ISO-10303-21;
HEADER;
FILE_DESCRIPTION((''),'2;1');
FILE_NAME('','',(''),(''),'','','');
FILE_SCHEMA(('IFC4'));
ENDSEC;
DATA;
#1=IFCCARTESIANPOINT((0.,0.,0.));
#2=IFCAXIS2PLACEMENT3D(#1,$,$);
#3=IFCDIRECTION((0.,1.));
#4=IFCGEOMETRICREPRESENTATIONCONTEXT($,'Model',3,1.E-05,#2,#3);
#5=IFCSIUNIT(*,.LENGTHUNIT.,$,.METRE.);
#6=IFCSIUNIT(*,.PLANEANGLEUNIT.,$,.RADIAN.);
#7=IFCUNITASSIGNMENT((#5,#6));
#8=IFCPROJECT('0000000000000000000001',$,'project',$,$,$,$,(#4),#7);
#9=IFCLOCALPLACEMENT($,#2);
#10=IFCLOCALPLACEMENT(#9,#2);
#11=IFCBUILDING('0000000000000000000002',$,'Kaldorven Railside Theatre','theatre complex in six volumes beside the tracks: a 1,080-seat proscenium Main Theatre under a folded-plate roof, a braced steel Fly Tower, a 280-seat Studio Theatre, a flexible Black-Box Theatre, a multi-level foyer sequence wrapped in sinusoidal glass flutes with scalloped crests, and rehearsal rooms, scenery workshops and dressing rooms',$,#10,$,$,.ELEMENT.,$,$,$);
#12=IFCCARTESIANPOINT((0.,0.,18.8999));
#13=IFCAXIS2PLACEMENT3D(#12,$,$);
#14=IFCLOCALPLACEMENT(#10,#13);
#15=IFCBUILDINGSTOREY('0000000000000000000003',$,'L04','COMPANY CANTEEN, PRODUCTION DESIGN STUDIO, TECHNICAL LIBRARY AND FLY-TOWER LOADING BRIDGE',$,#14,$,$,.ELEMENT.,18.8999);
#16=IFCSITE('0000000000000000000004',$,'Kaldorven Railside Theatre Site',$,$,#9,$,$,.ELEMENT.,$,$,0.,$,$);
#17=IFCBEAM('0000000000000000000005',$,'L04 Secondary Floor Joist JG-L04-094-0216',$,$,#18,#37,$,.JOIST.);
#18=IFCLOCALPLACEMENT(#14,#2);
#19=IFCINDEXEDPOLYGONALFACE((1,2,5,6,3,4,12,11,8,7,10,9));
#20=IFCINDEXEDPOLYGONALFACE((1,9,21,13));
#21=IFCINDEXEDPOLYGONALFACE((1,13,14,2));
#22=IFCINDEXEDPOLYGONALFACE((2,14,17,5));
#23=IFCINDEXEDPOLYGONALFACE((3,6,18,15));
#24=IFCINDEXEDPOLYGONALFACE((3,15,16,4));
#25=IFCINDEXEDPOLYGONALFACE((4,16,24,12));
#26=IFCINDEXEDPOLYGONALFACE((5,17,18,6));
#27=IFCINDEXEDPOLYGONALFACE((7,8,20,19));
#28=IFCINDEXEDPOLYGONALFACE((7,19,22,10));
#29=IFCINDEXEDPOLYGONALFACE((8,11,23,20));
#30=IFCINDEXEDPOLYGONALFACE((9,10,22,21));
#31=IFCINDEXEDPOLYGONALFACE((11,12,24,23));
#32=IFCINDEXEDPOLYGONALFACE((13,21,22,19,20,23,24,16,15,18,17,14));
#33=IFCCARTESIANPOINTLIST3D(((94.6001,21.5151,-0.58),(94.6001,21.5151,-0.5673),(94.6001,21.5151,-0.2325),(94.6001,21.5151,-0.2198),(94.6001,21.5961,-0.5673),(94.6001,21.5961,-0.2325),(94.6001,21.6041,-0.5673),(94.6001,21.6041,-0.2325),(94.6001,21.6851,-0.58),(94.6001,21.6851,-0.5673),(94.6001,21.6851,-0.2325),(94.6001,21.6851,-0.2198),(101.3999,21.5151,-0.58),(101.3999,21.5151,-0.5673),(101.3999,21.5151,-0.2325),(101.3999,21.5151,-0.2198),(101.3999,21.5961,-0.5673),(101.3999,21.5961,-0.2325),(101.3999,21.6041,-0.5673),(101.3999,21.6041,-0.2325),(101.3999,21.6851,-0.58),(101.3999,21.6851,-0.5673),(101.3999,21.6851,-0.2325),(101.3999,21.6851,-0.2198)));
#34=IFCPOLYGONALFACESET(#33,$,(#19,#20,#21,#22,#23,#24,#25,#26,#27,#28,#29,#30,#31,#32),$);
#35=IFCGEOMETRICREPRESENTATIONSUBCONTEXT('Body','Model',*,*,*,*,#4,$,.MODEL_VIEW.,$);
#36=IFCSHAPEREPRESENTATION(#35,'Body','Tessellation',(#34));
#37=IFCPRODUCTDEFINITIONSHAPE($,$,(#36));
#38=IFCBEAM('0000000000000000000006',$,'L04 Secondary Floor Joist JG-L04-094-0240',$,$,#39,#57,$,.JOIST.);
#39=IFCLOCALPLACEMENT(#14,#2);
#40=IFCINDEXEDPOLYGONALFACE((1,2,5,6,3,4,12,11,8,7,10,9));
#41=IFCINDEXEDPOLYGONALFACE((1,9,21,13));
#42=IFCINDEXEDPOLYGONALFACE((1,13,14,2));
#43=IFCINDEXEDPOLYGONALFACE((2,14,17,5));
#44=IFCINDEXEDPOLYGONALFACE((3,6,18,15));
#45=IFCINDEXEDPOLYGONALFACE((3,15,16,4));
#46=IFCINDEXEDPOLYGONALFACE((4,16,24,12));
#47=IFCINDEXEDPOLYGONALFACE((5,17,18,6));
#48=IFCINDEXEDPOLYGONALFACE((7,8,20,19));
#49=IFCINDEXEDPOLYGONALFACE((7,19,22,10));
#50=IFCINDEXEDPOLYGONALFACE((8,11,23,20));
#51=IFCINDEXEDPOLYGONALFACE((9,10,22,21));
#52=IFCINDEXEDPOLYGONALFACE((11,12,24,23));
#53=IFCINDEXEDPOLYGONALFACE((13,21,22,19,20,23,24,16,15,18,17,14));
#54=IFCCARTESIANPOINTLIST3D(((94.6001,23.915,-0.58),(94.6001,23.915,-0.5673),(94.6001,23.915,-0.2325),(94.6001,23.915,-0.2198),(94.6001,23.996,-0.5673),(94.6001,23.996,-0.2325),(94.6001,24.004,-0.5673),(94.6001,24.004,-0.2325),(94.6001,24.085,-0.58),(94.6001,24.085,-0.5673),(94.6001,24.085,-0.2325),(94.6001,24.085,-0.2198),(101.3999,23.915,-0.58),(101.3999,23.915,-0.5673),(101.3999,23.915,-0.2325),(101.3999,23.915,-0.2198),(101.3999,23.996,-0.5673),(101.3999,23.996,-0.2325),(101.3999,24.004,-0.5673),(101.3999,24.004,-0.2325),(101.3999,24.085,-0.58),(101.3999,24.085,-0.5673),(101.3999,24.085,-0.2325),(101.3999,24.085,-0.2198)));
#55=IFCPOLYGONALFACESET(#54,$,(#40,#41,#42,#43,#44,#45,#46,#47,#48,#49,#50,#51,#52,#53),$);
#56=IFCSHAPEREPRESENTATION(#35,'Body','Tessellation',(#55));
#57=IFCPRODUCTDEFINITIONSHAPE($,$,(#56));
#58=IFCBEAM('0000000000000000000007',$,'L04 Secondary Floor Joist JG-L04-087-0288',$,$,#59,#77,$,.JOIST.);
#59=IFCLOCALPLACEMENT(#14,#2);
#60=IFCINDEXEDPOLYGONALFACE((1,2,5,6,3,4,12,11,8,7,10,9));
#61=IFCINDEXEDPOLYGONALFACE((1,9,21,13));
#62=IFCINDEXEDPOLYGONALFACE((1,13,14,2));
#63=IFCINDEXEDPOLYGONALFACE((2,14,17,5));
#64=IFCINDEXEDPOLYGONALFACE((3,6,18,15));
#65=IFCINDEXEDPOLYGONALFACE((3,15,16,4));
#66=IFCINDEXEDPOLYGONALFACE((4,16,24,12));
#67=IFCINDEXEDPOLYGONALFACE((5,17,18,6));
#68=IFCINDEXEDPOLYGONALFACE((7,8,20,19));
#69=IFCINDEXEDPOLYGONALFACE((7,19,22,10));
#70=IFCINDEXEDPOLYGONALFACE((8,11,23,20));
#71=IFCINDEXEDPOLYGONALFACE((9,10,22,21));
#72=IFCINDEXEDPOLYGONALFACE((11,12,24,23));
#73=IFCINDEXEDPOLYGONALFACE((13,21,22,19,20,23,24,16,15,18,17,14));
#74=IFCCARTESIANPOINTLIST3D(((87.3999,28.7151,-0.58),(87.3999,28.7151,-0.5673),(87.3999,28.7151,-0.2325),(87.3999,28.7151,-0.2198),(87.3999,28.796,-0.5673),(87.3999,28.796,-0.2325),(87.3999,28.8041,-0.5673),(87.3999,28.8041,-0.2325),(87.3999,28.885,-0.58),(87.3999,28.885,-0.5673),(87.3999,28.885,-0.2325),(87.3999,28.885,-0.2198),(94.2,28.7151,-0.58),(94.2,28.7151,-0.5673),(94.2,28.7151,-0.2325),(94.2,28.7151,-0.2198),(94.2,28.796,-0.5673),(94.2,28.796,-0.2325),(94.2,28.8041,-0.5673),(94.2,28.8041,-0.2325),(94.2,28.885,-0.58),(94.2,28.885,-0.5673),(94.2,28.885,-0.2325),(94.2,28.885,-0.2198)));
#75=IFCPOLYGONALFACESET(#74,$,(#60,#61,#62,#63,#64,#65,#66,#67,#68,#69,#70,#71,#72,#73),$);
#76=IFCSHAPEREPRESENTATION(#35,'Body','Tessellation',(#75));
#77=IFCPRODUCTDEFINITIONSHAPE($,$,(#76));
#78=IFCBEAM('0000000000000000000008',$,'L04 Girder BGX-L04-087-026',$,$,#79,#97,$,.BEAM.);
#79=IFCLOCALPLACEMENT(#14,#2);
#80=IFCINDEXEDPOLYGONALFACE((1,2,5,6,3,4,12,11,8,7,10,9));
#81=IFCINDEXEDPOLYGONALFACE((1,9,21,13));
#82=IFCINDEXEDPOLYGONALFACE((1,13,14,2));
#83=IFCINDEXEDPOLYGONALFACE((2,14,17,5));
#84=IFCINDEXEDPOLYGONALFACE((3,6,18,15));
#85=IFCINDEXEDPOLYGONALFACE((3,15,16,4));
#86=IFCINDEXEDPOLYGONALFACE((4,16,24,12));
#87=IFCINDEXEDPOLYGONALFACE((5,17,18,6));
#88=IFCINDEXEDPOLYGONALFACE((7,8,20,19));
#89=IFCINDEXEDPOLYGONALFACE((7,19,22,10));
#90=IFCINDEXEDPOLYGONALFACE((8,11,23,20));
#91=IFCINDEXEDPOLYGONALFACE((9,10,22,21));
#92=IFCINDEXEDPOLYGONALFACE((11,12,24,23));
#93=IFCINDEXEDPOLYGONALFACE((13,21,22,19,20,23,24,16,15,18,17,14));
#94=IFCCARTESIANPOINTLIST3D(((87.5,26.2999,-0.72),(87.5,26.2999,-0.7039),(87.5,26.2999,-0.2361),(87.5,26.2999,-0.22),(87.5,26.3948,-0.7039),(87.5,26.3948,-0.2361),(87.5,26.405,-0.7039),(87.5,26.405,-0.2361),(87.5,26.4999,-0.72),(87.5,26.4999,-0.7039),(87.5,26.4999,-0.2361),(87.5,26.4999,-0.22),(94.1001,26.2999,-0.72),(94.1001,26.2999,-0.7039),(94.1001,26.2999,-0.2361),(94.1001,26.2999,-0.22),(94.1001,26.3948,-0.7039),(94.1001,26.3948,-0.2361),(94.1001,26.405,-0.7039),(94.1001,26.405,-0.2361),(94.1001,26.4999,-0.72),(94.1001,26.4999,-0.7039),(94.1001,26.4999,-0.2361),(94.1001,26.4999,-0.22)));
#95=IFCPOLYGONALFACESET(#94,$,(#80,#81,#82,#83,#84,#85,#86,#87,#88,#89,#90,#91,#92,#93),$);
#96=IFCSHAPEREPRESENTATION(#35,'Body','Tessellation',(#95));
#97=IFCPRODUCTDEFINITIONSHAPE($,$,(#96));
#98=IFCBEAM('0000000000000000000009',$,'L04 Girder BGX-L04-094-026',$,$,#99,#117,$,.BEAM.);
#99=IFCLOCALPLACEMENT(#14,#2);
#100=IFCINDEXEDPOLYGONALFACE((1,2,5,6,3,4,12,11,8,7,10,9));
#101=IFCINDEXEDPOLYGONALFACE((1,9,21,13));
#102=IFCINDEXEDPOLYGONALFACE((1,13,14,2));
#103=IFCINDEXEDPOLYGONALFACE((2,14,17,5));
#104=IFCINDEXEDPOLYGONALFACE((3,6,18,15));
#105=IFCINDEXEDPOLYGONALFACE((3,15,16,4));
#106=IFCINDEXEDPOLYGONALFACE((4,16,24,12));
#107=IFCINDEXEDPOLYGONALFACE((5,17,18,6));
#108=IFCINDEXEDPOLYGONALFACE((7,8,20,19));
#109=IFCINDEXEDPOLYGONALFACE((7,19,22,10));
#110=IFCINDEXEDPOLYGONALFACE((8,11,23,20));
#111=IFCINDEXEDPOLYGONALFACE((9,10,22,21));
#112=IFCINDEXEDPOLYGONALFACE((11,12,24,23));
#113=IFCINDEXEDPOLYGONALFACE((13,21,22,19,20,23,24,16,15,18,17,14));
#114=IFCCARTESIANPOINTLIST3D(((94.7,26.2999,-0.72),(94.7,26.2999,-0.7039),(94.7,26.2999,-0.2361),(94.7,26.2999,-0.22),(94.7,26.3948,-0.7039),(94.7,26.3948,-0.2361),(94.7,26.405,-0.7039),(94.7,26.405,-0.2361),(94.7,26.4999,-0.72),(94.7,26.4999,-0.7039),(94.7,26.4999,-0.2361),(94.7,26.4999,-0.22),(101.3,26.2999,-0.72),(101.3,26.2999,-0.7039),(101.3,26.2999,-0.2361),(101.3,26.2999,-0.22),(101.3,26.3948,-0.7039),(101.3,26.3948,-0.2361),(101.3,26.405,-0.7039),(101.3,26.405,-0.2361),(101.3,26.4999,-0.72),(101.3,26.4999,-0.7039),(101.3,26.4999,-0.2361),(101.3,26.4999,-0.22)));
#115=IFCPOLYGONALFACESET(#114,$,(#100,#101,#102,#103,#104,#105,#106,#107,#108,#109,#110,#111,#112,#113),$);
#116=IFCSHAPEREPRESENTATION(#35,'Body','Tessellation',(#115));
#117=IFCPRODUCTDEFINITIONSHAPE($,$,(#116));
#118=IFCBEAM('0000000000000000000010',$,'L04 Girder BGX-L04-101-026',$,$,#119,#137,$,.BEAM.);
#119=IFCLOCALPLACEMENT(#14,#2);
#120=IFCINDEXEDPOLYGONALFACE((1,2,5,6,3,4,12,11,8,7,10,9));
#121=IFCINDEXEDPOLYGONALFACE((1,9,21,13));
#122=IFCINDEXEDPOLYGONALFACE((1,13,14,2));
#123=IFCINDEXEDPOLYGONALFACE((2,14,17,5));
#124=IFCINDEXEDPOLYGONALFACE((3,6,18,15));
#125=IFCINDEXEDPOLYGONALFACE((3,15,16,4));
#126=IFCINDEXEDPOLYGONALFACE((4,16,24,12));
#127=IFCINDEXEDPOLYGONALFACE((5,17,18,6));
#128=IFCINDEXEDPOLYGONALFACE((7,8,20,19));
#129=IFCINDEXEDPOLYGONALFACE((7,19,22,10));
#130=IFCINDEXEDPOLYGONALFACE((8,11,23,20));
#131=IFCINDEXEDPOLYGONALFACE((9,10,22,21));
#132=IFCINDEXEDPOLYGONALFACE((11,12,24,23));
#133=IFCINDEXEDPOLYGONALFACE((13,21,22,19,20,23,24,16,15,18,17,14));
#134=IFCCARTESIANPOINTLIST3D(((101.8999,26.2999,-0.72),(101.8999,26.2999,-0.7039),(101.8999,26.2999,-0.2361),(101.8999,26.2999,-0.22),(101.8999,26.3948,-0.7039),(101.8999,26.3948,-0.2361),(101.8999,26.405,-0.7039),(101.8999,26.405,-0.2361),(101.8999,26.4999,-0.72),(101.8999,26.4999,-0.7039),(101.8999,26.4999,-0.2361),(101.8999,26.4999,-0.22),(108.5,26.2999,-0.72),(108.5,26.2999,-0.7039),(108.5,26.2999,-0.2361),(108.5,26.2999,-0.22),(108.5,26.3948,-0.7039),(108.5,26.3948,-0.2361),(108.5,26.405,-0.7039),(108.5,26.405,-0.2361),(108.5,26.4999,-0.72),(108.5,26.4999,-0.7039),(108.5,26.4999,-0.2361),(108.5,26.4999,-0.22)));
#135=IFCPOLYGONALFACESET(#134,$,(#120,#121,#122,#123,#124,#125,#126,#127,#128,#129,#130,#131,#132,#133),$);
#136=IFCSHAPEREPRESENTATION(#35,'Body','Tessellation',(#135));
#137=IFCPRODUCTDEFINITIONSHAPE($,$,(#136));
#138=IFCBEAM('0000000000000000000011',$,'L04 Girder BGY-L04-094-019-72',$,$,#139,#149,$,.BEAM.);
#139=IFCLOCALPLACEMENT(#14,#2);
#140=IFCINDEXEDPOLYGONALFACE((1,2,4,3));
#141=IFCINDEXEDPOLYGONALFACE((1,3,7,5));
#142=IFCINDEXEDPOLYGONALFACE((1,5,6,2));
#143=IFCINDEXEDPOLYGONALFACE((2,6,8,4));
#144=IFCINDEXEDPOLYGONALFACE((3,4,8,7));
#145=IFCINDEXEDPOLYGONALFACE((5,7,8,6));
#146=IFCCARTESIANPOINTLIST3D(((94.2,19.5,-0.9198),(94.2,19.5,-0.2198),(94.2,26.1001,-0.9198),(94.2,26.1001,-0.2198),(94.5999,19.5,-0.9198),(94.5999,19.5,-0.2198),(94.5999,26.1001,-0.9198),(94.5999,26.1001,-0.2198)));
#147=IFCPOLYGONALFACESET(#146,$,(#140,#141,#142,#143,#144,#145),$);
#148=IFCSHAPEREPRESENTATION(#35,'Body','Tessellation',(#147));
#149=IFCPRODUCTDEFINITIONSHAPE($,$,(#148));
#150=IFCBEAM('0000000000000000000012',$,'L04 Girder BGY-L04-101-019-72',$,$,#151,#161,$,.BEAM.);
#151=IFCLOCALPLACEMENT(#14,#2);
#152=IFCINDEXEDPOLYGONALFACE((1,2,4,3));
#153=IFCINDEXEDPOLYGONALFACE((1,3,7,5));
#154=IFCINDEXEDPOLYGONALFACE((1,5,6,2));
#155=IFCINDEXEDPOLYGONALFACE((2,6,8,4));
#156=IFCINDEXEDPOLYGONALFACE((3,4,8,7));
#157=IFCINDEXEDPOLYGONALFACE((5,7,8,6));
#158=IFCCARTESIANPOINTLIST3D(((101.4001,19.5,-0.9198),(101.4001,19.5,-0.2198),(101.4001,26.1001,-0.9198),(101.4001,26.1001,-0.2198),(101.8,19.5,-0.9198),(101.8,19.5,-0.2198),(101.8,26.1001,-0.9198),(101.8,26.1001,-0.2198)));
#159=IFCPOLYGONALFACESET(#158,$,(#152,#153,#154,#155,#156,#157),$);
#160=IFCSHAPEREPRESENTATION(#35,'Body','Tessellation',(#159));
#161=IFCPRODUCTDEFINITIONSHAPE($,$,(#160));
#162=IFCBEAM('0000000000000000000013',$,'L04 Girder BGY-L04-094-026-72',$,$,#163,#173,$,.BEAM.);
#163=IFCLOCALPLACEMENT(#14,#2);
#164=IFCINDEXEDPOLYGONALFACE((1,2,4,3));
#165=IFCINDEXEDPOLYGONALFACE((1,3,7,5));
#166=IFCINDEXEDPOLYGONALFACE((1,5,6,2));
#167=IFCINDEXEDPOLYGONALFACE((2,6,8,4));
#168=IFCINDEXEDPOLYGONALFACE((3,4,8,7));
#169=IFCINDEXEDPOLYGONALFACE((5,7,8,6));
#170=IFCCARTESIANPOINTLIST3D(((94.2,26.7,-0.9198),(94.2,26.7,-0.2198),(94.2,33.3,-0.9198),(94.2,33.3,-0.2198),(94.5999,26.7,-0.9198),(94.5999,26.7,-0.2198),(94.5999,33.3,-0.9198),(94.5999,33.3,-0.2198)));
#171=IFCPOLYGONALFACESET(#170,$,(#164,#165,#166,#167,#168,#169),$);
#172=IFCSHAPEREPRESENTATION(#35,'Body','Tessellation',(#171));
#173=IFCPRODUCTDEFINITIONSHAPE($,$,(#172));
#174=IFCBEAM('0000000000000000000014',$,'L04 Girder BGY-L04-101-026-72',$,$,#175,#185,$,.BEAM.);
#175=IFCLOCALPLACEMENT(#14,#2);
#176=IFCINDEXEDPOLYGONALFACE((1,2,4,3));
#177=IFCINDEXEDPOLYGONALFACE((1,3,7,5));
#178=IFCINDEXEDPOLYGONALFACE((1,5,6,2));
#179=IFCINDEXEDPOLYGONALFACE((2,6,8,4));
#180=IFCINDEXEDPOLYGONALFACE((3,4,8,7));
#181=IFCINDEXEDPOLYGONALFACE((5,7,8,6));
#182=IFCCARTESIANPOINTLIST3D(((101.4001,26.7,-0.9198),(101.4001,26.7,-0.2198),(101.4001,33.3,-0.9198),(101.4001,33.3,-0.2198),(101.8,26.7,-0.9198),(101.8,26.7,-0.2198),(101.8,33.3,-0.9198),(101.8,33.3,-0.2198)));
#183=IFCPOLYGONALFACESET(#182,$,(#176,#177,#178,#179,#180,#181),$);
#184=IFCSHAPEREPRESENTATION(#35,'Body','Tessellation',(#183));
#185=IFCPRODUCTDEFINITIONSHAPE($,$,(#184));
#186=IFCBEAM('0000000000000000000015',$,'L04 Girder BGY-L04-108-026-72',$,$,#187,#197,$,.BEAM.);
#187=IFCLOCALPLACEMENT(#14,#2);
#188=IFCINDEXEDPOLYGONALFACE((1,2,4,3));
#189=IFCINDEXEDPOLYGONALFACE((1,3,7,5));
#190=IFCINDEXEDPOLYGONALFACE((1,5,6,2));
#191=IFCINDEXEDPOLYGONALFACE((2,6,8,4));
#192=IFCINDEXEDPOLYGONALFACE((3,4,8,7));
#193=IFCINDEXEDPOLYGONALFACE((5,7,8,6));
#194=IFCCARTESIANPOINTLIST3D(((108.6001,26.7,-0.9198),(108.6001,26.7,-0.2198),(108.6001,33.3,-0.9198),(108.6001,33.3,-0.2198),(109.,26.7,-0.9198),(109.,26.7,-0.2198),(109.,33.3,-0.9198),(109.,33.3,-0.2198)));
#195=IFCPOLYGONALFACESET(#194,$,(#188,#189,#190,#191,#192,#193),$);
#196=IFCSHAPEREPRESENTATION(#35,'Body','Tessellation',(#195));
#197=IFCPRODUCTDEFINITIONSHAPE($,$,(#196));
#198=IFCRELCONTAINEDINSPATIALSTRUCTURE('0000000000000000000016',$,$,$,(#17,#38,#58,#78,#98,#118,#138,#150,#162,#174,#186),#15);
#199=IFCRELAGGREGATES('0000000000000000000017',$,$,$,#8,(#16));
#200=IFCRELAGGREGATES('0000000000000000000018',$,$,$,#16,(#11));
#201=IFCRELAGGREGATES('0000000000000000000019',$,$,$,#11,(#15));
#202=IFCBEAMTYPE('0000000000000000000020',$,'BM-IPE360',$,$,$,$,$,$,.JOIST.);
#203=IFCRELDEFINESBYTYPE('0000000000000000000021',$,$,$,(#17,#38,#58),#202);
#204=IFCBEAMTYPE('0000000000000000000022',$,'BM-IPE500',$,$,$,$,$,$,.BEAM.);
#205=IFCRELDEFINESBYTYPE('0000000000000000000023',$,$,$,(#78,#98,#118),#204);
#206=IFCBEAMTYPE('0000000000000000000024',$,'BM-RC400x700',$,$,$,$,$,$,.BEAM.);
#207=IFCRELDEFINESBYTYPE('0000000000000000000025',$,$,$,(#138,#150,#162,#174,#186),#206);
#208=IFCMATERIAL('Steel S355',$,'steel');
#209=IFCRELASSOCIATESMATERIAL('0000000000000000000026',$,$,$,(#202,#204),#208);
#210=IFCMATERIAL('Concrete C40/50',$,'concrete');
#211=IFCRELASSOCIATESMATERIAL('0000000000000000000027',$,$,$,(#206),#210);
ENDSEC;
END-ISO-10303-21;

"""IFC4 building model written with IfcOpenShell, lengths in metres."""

from ifc_helpers import new_model, si_unit, direction, frame, origin, origin_2d, place, context, subcontext, project, spatial, rectangle, i_section, extrude, material, material_profile, profile_set, type_object, element, save


model = new_model("IFC4")

# Units and contexts
model_context = context("Model", 3, precision=1e-05, world=origin(), true_north=direction((0.0, 1.0)))
body_context = subcontext(model_context, "Body", "Model", "MODEL_VIEW")
ifc_project = project(units=[si_unit("LENGTHUNIT", "METRE"), si_unit("PLANEANGLEUNIT", "RADIAN")], contexts=[model_context])

# Site, building, storey
site_placement = place(None, origin())
site = spatial("IfcSite", under=ifc_project, at=site_placement, Name="Kaldorven Railside Theatre Site", CompositionType="ELEMENT", RefElevation=0.0)
building_placement = place(site_placement, origin())
building = spatial("IfcBuilding", under=site, at=building_placement, Name="Kaldorven Railside Theatre", Description="theatre complex in six volumes beside the tracks: a 1,080-seat proscenium Main Theatre under a folded-plate roof, a braced steel Fly Tower, a 280-seat Studio Theatre, a flexible Black-Box Theatre, a multi-level foyer sequence wrapped in sinusoidal glass flutes with scalloped crests, and rehearsal rooms, scenery workshops and dressing rooms", CompositionType="ELEMENT")
storey_placement = place(building_placement, frame((0.0, 0.0, 18.8999)))
storey = spatial("IfcBuildingStorey", under=building, at=storey_placement, Name="L04", Description="COMPANY CANTEEN, PRODUCTION DESIGN STUDIO, TECHNICAL LIBRARY AND FLY-TOWER LOADING BRIDGE", CompositionType="ELEMENT", Elevation=18.8999)

# Beams
ifc_material_1 = material(Name="Steel S355", Category="steel")
ifc_material_profile_1 = material_profile(ifc_material_1, i_section(OverallWidth=0.1699, OverallDepth=0.3601, WebThickness=0.0081, FlangeThickness=0.0127, at=origin_2d()), Name="IPE 360")
ifc_profile_set_1 = profile_set([ifc_material_profile_1], Name="Steel S355")
beam_type_1 = type_object("IfcBeamType", Name="BM-IPE360", PredefinedType="JOIST", material=ifc_profile_set_1)
for number, where, z_axis, x_axis, name in (
    (1, (94.6001, 21.6001, -0.3999), (1.0, 0.0, 0.0), (0.0, 1.0, 0.0), "L04 Secondary Floor Joist JG-L04-094-0216"),
    (2, (94.6001, 24.0, -0.3999), (1.0, 0.0, 0.0), (0.0, 1.0, 0.0), "L04 Secondary Floor Joist JG-L04-094-0240"),
):
    element("IfcBeam", number, at=place(storey_placement, frame(where, z_axis=z_axis, x_axis=x_axis)), inside=storey, type_object=beam_type_1, Name=name, PredefinedType="JOIST", context=body_context, shape_type="SweptSolid", body=[
        extrude(i_section(OverallWidth=0.1699, OverallDepth=0.3601, WebThickness=0.0081, FlangeThickness=0.0127, at=origin_2d()), origin(), (0.0, 0.0, 1.0), 6.7998),
    ])
beam_1_placement = place(storey_placement, frame((87.3999, 28.8, -0.3999), z_axis=(1.0, 0.0, 0.0), x_axis=(0.0, 1.0, 0.0)))
element("IfcBeam", 3, at=beam_1_placement, inside=storey, type_object=beam_type_1, Name="L04 Secondary Floor Joist JG-L04-087-0288", PredefinedType="JOIST", context=body_context, shape_type="SweptSolid", body=[
    extrude(i_section(OverallWidth=0.1699, OverallDepth=0.3601, WebThickness=0.0081, FlangeThickness=0.0127, at=origin_2d()), origin(), (0.0, 0.0, 1.0), 6.8),
])
ifc_material_profile_2 = material_profile(ifc_material_1, i_section(OverallWidth=0.2, OverallDepth=0.5, WebThickness=0.0103, FlangeThickness=0.0161, at=origin_2d()), Name="IPE 500")
ifc_profile_set_2 = profile_set([ifc_material_profile_2], Name="Steel S355")
beam_type_2 = type_object("IfcBeamType", Name="BM-IPE500", PredefinedType="BEAM", material=ifc_profile_set_2)
for number, where, z_axis, x_axis, name in (
    (4, (87.5, 26.3999, -0.47), (1.0, 0.0, 0.0), (0.0, 1.0, 0.0), "L04 Girder BGX-L04-087-026"),
    (5, (94.7, 26.3999, -0.47), (1.0, 0.0, 0.0), (0.0, 1.0, 0.0), "L04 Girder BGX-L04-094-026"),
    (6, (101.8999, 26.3999, -0.47), (1.0, 0.0, 0.0), (0.0, 1.0, 0.0), "L04 Girder BGX-L04-101-026"),
):
    element("IfcBeam", number, at=place(storey_placement, frame(where, z_axis=z_axis, x_axis=x_axis)), inside=storey, type_object=beam_type_2, Name=name, PredefinedType="BEAM", context=body_context, shape_type="SweptSolid", body=[
        extrude(i_section(OverallWidth=0.2, OverallDepth=0.5, WebThickness=0.0103, FlangeThickness=0.0161, at=origin_2d()), origin(), (0.0, 0.0, 1.0), 6.6001),
    ])
ifc_material_2 = material(Name="Concrete C40/50", Category="concrete")
ifc_material_profile_3 = material_profile(ifc_material_2, rectangle(XDim=0.3999, YDim=0.7, at=origin_2d()), Name="RC 400x700")
ifc_profile_set_3 = profile_set([ifc_material_profile_3], Name="Concrete C40/50")
beam_type_3 = type_object("IfcBeamType", Name="BM-RC400x700", PredefinedType="BEAM", material=ifc_profile_set_3)
for number, where, z_axis, x_axis, name in (
    (7, (94.3999, 19.5, -0.5698), (0.0, 1.0, 0.0), (-1.0, 0.0, 0.0), "L04 Girder BGY-L04-094-019-72"),
    (8, (101.6001, 19.5, -0.5698), (0.0, 1.0, 0.0), (-1.0, 0.0, 0.0), "L04 Girder BGY-L04-101-019-72"),
    (9, (94.3999, 26.7, -0.5698), (0.0, 1.0, 0.0), (-1.0, 0.0, 0.0), "L04 Girder BGY-L04-094-026-72"),
    (10, (101.6001, 26.7, -0.5698), (0.0, 1.0, 0.0), (-1.0, 0.0, 0.0), "L04 Girder BGY-L04-101-026-72"),
    (11, (108.8, 26.7, -0.5698), (0.0, 1.0, 0.0), (-1.0, 0.0, 0.0), "L04 Girder BGY-L04-108-026-72"),
):
    element("IfcBeam", number, at=place(storey_placement, frame(where, z_axis=z_axis, x_axis=x_axis)), inside=storey, type_object=beam_type_3, Name=name, PredefinedType="BEAM", context=body_context, shape_type="SweptSolid", body=[
        extrude(rectangle(XDim=0.3999, YDim=0.7, at=origin_2d()), origin(), (0.0, 0.0, 1.0), 6.6001),
    ])

save(model, "model.ifc")
